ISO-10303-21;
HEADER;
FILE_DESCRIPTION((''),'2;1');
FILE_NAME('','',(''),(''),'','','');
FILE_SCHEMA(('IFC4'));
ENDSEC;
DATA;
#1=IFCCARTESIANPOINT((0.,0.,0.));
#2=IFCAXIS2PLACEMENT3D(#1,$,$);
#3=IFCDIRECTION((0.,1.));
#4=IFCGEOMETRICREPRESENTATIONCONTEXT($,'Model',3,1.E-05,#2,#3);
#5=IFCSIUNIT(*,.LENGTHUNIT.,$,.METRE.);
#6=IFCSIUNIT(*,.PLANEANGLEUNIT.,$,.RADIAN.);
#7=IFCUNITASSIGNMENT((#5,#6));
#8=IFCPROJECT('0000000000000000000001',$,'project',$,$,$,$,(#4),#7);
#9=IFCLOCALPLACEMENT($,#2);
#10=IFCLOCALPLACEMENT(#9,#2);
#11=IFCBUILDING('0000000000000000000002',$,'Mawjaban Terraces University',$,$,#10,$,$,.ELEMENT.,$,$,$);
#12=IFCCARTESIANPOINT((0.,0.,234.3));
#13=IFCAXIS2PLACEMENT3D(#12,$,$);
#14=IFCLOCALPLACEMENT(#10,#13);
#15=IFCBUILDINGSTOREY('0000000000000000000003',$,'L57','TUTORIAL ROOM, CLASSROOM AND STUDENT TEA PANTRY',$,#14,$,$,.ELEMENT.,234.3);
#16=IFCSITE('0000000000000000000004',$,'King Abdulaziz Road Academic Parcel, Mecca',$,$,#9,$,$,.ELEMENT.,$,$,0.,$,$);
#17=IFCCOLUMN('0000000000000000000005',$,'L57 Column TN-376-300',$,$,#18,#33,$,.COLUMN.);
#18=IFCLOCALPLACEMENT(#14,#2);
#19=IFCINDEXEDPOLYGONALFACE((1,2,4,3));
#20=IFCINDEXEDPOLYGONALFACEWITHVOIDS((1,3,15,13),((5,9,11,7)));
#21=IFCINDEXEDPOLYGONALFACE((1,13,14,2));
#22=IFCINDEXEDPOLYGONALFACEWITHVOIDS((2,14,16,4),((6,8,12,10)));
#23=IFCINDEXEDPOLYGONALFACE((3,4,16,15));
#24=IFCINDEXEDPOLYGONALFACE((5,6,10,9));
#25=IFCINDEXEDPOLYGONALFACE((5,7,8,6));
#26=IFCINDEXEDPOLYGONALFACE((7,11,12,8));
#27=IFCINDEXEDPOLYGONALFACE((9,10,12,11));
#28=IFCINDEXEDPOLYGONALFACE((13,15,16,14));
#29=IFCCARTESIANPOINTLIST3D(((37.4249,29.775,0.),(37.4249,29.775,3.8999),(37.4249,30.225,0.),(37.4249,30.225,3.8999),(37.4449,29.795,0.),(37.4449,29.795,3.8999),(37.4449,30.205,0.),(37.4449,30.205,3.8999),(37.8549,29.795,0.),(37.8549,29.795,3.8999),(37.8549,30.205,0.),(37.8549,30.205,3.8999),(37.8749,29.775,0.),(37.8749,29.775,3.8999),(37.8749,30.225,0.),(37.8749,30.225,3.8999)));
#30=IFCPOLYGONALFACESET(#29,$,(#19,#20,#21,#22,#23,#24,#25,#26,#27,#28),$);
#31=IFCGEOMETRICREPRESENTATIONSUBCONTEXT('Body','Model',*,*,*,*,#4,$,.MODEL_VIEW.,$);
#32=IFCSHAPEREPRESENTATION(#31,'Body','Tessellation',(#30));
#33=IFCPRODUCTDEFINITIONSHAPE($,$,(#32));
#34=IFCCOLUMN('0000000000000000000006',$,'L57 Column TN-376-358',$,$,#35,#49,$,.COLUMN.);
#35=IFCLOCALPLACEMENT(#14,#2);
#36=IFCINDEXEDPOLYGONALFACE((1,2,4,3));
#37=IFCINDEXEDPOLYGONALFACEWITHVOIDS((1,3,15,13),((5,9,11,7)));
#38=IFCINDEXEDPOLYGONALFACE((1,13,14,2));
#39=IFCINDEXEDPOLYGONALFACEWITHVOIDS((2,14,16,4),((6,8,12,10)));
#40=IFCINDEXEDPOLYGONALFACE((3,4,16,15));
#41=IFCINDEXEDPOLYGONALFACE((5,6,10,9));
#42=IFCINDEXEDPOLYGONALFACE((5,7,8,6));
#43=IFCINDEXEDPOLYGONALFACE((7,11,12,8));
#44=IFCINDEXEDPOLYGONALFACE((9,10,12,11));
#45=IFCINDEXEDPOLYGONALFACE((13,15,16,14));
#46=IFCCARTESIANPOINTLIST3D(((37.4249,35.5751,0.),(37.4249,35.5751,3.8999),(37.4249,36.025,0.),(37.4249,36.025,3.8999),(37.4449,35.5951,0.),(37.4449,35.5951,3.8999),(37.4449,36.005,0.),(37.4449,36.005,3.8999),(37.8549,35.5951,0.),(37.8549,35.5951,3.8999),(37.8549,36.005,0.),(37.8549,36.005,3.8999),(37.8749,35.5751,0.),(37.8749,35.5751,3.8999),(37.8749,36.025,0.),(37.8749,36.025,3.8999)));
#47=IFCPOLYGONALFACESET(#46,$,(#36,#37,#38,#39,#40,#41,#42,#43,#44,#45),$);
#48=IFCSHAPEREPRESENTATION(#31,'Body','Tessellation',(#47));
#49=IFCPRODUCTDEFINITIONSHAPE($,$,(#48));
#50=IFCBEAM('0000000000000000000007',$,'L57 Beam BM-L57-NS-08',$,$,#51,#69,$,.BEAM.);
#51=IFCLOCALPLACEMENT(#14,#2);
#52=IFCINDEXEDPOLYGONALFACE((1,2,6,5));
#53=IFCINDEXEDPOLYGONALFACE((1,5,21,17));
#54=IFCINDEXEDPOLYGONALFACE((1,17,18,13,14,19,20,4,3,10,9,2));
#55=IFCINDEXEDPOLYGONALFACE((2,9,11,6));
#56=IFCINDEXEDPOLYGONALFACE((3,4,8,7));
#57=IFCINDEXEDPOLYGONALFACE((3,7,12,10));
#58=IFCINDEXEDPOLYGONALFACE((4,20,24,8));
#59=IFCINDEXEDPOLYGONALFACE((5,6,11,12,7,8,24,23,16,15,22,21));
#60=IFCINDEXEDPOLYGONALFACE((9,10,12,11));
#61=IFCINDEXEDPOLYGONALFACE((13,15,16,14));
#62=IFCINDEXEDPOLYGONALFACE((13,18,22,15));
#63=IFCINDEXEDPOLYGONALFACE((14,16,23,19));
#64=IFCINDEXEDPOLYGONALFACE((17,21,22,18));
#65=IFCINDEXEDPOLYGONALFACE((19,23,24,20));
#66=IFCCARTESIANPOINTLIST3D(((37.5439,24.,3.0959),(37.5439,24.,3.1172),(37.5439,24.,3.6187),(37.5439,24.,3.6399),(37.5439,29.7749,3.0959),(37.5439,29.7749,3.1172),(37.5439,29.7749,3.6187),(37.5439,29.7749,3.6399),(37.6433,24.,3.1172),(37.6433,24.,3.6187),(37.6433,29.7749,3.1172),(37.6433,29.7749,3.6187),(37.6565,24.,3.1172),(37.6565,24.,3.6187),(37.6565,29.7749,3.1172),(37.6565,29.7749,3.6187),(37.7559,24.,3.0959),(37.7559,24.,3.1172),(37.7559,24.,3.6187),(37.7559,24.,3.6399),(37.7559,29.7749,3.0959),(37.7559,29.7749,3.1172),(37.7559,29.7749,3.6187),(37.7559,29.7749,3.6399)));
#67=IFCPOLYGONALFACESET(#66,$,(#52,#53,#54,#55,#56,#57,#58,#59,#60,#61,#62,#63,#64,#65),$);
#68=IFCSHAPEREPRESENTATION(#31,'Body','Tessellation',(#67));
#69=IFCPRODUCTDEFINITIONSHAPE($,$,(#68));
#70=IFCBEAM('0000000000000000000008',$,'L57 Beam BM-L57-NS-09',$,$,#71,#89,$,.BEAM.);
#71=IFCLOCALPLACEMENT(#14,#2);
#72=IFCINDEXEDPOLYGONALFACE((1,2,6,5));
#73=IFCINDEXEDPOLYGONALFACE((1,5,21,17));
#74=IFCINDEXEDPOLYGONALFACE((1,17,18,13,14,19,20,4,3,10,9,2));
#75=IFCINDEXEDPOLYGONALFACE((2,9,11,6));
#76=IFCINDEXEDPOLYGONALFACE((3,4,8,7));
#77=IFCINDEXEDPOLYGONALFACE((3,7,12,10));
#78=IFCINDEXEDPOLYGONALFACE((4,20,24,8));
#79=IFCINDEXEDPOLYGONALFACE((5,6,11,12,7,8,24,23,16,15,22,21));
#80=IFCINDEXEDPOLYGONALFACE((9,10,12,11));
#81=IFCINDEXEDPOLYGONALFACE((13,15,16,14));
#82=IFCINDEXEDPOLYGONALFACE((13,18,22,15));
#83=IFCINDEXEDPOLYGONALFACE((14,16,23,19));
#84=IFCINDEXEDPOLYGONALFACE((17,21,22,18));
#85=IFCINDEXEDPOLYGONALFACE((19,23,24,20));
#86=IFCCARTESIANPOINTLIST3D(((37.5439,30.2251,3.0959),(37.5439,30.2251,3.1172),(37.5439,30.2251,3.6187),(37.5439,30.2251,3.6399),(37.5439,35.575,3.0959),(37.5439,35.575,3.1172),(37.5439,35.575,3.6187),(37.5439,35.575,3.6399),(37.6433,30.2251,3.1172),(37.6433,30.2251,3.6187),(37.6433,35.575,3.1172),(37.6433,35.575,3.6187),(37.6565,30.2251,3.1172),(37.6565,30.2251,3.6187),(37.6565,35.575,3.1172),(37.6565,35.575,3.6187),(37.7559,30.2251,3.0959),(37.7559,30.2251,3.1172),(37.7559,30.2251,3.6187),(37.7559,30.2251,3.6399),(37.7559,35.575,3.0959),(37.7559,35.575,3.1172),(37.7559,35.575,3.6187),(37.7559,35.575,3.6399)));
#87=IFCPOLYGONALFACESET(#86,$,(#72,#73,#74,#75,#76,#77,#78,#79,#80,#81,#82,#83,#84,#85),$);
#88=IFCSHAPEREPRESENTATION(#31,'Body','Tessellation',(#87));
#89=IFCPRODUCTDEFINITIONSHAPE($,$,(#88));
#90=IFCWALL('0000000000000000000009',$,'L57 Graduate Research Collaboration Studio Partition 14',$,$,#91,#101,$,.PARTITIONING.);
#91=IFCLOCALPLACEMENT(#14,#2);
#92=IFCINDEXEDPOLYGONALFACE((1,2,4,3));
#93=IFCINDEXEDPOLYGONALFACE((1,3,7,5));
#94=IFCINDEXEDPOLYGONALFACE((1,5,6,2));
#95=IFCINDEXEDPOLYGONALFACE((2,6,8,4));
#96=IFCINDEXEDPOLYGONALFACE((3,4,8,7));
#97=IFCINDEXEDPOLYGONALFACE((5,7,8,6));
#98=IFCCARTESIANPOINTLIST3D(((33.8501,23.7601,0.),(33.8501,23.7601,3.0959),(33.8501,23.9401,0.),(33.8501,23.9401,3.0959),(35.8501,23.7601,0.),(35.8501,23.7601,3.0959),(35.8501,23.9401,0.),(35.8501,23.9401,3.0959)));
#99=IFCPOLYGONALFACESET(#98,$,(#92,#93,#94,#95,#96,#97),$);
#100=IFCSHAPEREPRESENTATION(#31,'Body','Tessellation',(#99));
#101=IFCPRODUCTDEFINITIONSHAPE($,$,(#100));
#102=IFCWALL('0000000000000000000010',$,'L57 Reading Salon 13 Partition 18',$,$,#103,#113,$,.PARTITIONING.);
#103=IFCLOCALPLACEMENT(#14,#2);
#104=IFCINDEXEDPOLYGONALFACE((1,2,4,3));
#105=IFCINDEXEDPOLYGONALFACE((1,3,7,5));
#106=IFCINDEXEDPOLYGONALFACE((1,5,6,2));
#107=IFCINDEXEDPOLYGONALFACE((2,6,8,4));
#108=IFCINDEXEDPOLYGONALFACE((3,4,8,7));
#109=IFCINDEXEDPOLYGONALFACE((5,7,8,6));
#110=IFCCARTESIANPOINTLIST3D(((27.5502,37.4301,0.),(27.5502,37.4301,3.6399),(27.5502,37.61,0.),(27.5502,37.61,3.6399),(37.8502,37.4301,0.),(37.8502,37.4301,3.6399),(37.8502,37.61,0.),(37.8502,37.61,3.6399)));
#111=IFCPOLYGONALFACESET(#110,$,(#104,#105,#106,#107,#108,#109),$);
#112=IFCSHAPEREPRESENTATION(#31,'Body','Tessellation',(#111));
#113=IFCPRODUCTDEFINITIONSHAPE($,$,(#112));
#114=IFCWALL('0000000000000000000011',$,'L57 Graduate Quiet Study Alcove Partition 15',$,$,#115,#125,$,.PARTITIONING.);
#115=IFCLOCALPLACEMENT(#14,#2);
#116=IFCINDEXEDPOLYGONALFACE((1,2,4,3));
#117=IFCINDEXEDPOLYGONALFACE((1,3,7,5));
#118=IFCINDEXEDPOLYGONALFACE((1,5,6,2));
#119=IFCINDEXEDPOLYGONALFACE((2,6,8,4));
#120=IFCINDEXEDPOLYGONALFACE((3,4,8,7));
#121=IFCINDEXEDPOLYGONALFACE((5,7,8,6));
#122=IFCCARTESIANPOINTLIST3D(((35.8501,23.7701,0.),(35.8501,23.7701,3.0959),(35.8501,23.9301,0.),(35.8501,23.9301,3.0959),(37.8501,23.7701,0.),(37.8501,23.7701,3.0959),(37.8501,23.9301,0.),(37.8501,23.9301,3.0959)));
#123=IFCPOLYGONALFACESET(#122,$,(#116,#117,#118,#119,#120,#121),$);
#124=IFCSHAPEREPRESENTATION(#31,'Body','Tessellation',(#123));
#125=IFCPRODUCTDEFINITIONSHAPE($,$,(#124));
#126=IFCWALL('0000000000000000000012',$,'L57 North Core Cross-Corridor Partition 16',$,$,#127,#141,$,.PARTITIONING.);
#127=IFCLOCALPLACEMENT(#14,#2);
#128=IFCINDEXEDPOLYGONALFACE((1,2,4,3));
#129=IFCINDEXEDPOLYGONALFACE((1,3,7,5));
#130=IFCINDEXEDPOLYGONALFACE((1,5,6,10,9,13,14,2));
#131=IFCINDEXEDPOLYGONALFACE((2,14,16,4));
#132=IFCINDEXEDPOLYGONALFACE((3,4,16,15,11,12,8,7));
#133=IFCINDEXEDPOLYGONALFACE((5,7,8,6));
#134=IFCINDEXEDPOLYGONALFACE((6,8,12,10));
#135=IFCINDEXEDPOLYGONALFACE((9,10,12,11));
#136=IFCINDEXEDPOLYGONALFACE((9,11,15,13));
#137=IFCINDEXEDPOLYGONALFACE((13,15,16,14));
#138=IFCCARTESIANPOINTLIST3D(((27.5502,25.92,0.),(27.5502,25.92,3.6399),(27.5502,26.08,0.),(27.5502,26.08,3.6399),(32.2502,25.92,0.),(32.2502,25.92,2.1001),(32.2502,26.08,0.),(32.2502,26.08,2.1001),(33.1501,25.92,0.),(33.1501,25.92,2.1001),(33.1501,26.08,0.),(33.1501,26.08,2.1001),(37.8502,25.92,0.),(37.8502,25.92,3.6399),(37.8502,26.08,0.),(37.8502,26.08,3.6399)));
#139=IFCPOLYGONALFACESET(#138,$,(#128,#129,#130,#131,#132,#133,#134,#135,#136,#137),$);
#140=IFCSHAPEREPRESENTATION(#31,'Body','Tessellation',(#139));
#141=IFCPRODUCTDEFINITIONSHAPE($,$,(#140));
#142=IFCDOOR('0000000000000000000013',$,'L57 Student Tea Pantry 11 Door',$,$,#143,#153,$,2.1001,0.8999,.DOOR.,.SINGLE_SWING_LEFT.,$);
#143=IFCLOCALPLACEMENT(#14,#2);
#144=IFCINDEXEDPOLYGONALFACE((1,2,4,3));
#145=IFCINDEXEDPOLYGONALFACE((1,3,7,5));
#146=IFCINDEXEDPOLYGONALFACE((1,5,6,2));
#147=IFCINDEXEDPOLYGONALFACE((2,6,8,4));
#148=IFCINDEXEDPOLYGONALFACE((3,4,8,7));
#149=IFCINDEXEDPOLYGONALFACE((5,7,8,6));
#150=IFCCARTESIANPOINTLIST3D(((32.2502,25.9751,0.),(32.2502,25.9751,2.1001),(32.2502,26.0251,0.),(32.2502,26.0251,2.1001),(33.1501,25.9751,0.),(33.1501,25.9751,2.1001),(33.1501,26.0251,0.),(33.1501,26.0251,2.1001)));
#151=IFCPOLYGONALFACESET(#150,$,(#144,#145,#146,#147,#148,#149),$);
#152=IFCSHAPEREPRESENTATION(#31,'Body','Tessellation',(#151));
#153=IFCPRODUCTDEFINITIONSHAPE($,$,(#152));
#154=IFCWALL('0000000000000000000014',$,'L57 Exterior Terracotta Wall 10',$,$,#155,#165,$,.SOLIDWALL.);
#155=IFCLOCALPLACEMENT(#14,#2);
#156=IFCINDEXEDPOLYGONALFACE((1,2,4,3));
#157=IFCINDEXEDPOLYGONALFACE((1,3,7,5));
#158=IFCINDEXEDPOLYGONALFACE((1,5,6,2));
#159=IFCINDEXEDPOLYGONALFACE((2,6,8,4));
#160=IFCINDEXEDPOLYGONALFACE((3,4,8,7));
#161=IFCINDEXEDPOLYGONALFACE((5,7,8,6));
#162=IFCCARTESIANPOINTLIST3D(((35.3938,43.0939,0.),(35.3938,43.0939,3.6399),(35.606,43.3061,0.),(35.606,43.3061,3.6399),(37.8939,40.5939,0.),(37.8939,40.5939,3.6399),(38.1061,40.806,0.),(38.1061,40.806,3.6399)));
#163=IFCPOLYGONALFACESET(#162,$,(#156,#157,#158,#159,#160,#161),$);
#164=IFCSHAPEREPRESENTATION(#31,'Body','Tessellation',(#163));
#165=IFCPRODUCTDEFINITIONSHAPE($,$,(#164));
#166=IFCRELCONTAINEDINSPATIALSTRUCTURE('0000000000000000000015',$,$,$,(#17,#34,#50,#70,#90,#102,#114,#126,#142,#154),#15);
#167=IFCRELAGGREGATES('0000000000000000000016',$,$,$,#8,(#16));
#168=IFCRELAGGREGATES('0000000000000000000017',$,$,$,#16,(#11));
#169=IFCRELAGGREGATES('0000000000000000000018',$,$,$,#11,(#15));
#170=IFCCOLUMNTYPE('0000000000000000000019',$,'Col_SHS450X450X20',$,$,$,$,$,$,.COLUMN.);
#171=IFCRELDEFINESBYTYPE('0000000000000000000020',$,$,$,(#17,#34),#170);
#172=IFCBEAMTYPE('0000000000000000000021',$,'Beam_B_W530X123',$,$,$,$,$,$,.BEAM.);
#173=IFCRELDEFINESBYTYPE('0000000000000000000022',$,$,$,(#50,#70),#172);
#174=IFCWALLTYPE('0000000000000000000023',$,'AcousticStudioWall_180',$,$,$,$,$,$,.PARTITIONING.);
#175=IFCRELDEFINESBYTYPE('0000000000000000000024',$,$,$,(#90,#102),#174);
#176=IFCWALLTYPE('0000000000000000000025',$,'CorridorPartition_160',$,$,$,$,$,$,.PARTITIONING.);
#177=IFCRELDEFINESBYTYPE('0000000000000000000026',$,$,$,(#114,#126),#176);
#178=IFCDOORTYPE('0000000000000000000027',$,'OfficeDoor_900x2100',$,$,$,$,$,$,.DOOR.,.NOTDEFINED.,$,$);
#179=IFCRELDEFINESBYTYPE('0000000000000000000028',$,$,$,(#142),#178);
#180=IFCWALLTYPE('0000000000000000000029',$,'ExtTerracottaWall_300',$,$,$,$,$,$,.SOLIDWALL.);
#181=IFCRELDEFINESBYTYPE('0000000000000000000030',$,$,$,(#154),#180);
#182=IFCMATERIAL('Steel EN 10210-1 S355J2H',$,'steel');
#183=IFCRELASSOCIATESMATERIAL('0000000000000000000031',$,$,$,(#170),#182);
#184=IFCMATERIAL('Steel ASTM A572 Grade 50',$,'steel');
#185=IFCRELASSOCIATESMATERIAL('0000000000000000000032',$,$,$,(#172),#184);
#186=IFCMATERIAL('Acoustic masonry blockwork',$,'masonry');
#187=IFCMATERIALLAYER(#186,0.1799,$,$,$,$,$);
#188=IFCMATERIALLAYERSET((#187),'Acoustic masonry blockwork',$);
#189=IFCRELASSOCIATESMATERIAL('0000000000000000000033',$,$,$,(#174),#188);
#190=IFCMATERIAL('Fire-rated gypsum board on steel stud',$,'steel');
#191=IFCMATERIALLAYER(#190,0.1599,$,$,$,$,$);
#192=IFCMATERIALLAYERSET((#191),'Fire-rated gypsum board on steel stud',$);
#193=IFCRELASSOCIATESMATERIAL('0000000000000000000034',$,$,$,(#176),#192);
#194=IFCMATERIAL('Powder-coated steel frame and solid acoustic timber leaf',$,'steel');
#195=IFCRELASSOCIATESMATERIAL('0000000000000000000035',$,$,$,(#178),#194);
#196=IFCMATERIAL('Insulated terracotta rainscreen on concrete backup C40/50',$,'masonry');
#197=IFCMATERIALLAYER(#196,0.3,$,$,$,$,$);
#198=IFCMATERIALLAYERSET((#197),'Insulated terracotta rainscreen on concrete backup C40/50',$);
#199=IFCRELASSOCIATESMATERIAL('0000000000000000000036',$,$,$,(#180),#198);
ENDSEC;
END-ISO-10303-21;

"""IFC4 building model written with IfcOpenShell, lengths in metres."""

from ifc_helpers import new_model, si_unit, direction, frame, frame_2d, origin, origin_2d, place, context, subcontext, project, spatial, rectangle, hollow_rectangle, i_section, extrude, material, layer, layer_set, material_profile, profile_set, type_object, element, fill, save


model = new_model("IFC4")

# Units and contexts
model_context = context("Model", 3, precision=1e-05, world=origin(), true_north=direction((0.0, 1.0)))
body_context = subcontext(model_context, "Body", "Model", "MODEL_VIEW")
ifc_project = project(units=[si_unit("LENGTHUNIT", "METRE"), si_unit("PLANEANGLEUNIT", "RADIAN")], contexts=[model_context])

# Site, building, storey
site_placement = place(None, origin())
site = spatial("IfcSite", under=ifc_project, at=site_placement, Name="King Abdulaziz Road Academic Parcel, Mecca", CompositionType="ELEMENT", RefElevation=0.0)
building_placement = place(site_placement, origin())
building = spatial("IfcBuilding", under=site, at=building_placement, Name="Mawjaban Terraces University", CompositionType="ELEMENT")
storey_placement = place(building_placement, frame((0.0, 0.0, 234.3)))
storey = spatial("IfcBuildingStorey", under=building, at=storey_placement, Name="L57", Description="TUTORIAL ROOM, CLASSROOM AND STUDENT TEA PANTRY", CompositionType="ELEMENT", Elevation=234.3)

# Columns
ifc_material_1 = material(Name="Steel EN 10210-1 S355J2H", Category="steel")
ifc_material_profile_1 = material_profile(ifc_material_1, hollow_rectangle(XDim=0.45, YDim=0.45, WallThickness=0.02, at=origin_2d()), Name="SHS450X450X20")
ifc_profile_set_1 = profile_set([ifc_material_profile_1], Name="Steel EN 10210-1 S355J2H")
column_type = type_object("IfcColumnType", Name="Col_SHS450X450X20", PredefinedType="COLUMN", material=ifc_profile_set_1)
for number, where, z_axis, x_axis, name in (
    (1, (37.6499, 30.0, 0.0), (0.0, 0.0, 1.0), (1.0, 0.0, 0.0), "L57 Column TN-376-300"),
    (2, (37.6499, 35.8, 0.0), (0.0, 0.0, 1.0), (1.0, 0.0, 0.0), "L57 Column TN-376-358"),
):
    element("IfcColumn", number, at=place(storey_placement, frame(where, z_axis=z_axis, x_axis=x_axis)), inside=storey, type_object=column_type, Name=name, PredefinedType="COLUMN", context=body_context, shape_type="SweptSolid", body=[
        extrude(hollow_rectangle(XDim=0.45, YDim=0.45, WallThickness=0.02, at=origin_2d()), origin(), (0.0, 0.0, 1.0), 3.8999),
    ])

# Beams
ifc_material_2 = material(Name="Steel ASTM A572 Grade 50", Category="steel")
ifc_material_profile_2 = material_profile(ifc_material_2, i_section(OverallWidth=0.2119, OverallDepth=0.5439, WebThickness=0.0132, FlangeThickness=0.0212, at=origin_2d()), Name="W530X123")
ifc_profile_set_2 = profile_set([ifc_material_profile_2], Name="Steel ASTM A572 Grade 50")
beam_type = type_object("IfcBeamType", Name="Beam_B_W530X123", PredefinedType="BEAM", material=ifc_profile_set_2)
beam_1_placement = place(storey_placement, frame((37.6499, 24.0, 3.3679), z_axis=(0.0, 1.0, 0.0), x_axis=(-1.0, 0.0, 0.0)))
element("IfcBeam", 3, at=beam_1_placement, inside=storey, type_object=beam_type, Name="L57 Beam BM-L57-NS-08", PredefinedType="BEAM", context=body_context, shape_type="SweptSolid", body=[
    extrude(i_section(OverallWidth=0.2119, OverallDepth=0.5439, WebThickness=0.0132, FlangeThickness=0.0212, at=origin_2d()), origin(), (0.0, 0.0, 1.0), 5.7749),
])
beam_2_placement = place(storey_placement, frame((37.6499, 30.2251, 3.3679), z_axis=(0.0, 1.0, 0.0), x_axis=(-1.0, 0.0, 0.0)))
element("IfcBeam", 4, at=beam_2_placement, inside=storey, type_object=beam_type, Name="L57 Beam BM-L57-NS-09", PredefinedType="BEAM", context=body_context, shape_type="SweptSolid", body=[
    extrude(i_section(OverallWidth=0.2119, OverallDepth=0.5439, WebThickness=0.0132, FlangeThickness=0.0212, at=origin_2d()), origin(), (0.0, 0.0, 1.0), 5.3499),
])

# Walls
ifc_material_3 = material(Name="Acoustic masonry blockwork", Category="masonry")
ifc_layer_1 = layer(ifc_material_3, 0.1799)
ifc_layer_set_1 = layer_set([ifc_layer_1], Name="Acoustic masonry blockwork")
wall_type_1 = type_object("IfcWallType", Name="AcousticStudioWall_180", PredefinedType="PARTITIONING", material=ifc_layer_set_1)
wall_1_placement = place(storey_placement, frame((35.8501, 23.8501, 0.0), z_axis=(0.0, 0.0, 1.0), x_axis=(-1.0, 0.0, 0.0)))
element("IfcWall", 5, at=wall_1_placement, inside=storey, type_object=wall_type_1, Name="L57 Graduate Research Collaboration Studio Partition 14", PredefinedType="PARTITIONING", context=body_context, shape_type="SweptSolid", body=[
    extrude(rectangle(XDim=2.0, YDim=0.1799, at=frame_2d((1.0, 0.0))), origin(), (0.0, 0.0, 1.0), 3.0959),
])
wall_2_placement = place(storey_placement, frame((37.8501, 37.52, 0.0), z_axis=(0.0, 0.0, 1.0), x_axis=(-1.0, 0.0, 0.0)))
element("IfcWall", 6, at=wall_2_placement, inside=storey, type_object=wall_type_1, Name="L57 Reading Salon 13 Partition 18", PredefinedType="PARTITIONING", context=body_context, shape_type="SweptSolid", body=[
    extrude(rectangle(XDim=10.3, YDim=0.1799, at=frame_2d((5.1499, 0.0))), origin(), (0.0, 0.0, 1.0), 3.6399),
])
ifc_material_4 = material(Name="Fire-rated gypsum board on steel stud", Category="steel")
ifc_layer_2 = layer(ifc_material_4, 0.1599)
ifc_layer_set_2 = layer_set([ifc_layer_2], Name="Fire-rated gypsum board on steel stud")
wall_type_2 = type_object("IfcWallType", Name="CorridorPartition_160", PredefinedType="PARTITIONING", material=ifc_layer_set_2)
wall_3_placement = place(storey_placement, frame((37.8501, 23.8501, 0.0), z_axis=(0.0, 0.0, 1.0), x_axis=(-1.0, 0.0, 0.0)))
element("IfcWall", 7, at=wall_3_placement, inside=storey, type_object=wall_type_2, Name="L57 Graduate Quiet Study Alcove Partition 15", PredefinedType="PARTITIONING", context=body_context, shape_type="SweptSolid", body=[
    extrude(rectangle(XDim=2.0, YDim=0.1599, at=frame_2d((1.0, 0.0))), origin(), (0.0, 0.0, 1.0), 3.0959),
])

# Wall, opening, door
wall_4_placement = place(storey_placement, frame((37.8501, 26.0, 0.0), z_axis=(0.0, 0.0, 1.0), x_axis=(-1.0, 0.0, 0.0)))
wall_4 = element("IfcWall", 8, at=wall_4_placement, inside=storey, type_object=wall_type_2, Name="L57 North Core Cross-Corridor Partition 16", PredefinedType="PARTITIONING", context=body_context, shape_type="SweptSolid", body=[
    extrude(rectangle(XDim=10.3, YDim=0.1599, at=frame_2d((5.1499, 0.0))), origin(), (0.0, 0.0, 1.0), 3.6399),
])
opening_1_placement = place(wall_4_placement, frame((4.7, 0.0, 0.0)))
opening_1 = element("IfcOpeningElement", 9, at=opening_1_placement, cuts=wall_4, PredefinedType="OPENING", context=body_context, shape_type="SweptSolid", body=[
    extrude(rectangle(XDim=0.8999, YDim=2.1001, at=frame_2d((0.45, 1.05))), frame((0.0, 0.0898, 0.0), z_axis=(0.0, -1.0, 0.0), x_axis=(1.0, 0.0, 0.0)), (0.0, 0.0, 1.0), 0.1799),
])
ifc_material_5 = material(Name="Powder-coated steel frame and solid acoustic timber leaf", Category="steel")
door_type = type_object("IfcDoorType", Name="OfficeDoor_900x2100", OperationType="NOTDEFINED", PredefinedType="DOOR", material=ifc_material_5)
door_placement = place(opening_1_placement, origin())
door = element("IfcDoor", 10, at=door_placement, inside=storey, type_object=door_type, Name="L57 Student Tea Pantry 11 Door", OperationType="SINGLE_SWING_LEFT", OverallHeight=2.1001, OverallWidth=0.8999, PredefinedType="DOOR", context=body_context, shape_type="SweptSolid", body=[
    extrude(rectangle(XDim=0.8999, YDim=2.1001, at=frame_2d((0.45, 1.05))), frame((0.0, 0.0249, 0.0), z_axis=(0.0, -1.0, 0.0), x_axis=(1.0, 0.0, 0.0)), (0.0, 0.0, 1.0), 0.05),
])
fill(opening_1, door)

# Wall
ifc_material_6 = material(Name="Insulated terracotta rainscreen on concrete backup C40/50", Category="masonry")
ifc_layer_3 = layer(ifc_material_6, 0.3)
ifc_layer_set_3 = layer_set([ifc_layer_3], Name="Insulated terracotta rainscreen on concrete backup C40/50")
wall_type_3 = type_object("IfcWallType", Name="ExtTerracottaWall_300", PredefinedType="SOLIDWALL", material=ifc_layer_set_3)
wall_5_placement = place(storey_placement, frame((38.0, 40.7, 0.0), z_axis=(0.0, 0.0, 1.0), x_axis=(-0.707107, 0.707107, 0.0)))
element("IfcWall", 11, at=wall_5_placement, inside=storey, type_object=wall_type_3, Name="L57 Exterior Terracotta Wall 10", PredefinedType="SOLIDWALL", context=body_context, shape_type="SweptSolid", body=[
    extrude(rectangle(XDim=3.5356, YDim=0.3, at=frame_2d((1.7678, 0.0))), origin(), (0.0, 0.0, 1.0), 3.6399),
])

save(model, "model.ifc")
